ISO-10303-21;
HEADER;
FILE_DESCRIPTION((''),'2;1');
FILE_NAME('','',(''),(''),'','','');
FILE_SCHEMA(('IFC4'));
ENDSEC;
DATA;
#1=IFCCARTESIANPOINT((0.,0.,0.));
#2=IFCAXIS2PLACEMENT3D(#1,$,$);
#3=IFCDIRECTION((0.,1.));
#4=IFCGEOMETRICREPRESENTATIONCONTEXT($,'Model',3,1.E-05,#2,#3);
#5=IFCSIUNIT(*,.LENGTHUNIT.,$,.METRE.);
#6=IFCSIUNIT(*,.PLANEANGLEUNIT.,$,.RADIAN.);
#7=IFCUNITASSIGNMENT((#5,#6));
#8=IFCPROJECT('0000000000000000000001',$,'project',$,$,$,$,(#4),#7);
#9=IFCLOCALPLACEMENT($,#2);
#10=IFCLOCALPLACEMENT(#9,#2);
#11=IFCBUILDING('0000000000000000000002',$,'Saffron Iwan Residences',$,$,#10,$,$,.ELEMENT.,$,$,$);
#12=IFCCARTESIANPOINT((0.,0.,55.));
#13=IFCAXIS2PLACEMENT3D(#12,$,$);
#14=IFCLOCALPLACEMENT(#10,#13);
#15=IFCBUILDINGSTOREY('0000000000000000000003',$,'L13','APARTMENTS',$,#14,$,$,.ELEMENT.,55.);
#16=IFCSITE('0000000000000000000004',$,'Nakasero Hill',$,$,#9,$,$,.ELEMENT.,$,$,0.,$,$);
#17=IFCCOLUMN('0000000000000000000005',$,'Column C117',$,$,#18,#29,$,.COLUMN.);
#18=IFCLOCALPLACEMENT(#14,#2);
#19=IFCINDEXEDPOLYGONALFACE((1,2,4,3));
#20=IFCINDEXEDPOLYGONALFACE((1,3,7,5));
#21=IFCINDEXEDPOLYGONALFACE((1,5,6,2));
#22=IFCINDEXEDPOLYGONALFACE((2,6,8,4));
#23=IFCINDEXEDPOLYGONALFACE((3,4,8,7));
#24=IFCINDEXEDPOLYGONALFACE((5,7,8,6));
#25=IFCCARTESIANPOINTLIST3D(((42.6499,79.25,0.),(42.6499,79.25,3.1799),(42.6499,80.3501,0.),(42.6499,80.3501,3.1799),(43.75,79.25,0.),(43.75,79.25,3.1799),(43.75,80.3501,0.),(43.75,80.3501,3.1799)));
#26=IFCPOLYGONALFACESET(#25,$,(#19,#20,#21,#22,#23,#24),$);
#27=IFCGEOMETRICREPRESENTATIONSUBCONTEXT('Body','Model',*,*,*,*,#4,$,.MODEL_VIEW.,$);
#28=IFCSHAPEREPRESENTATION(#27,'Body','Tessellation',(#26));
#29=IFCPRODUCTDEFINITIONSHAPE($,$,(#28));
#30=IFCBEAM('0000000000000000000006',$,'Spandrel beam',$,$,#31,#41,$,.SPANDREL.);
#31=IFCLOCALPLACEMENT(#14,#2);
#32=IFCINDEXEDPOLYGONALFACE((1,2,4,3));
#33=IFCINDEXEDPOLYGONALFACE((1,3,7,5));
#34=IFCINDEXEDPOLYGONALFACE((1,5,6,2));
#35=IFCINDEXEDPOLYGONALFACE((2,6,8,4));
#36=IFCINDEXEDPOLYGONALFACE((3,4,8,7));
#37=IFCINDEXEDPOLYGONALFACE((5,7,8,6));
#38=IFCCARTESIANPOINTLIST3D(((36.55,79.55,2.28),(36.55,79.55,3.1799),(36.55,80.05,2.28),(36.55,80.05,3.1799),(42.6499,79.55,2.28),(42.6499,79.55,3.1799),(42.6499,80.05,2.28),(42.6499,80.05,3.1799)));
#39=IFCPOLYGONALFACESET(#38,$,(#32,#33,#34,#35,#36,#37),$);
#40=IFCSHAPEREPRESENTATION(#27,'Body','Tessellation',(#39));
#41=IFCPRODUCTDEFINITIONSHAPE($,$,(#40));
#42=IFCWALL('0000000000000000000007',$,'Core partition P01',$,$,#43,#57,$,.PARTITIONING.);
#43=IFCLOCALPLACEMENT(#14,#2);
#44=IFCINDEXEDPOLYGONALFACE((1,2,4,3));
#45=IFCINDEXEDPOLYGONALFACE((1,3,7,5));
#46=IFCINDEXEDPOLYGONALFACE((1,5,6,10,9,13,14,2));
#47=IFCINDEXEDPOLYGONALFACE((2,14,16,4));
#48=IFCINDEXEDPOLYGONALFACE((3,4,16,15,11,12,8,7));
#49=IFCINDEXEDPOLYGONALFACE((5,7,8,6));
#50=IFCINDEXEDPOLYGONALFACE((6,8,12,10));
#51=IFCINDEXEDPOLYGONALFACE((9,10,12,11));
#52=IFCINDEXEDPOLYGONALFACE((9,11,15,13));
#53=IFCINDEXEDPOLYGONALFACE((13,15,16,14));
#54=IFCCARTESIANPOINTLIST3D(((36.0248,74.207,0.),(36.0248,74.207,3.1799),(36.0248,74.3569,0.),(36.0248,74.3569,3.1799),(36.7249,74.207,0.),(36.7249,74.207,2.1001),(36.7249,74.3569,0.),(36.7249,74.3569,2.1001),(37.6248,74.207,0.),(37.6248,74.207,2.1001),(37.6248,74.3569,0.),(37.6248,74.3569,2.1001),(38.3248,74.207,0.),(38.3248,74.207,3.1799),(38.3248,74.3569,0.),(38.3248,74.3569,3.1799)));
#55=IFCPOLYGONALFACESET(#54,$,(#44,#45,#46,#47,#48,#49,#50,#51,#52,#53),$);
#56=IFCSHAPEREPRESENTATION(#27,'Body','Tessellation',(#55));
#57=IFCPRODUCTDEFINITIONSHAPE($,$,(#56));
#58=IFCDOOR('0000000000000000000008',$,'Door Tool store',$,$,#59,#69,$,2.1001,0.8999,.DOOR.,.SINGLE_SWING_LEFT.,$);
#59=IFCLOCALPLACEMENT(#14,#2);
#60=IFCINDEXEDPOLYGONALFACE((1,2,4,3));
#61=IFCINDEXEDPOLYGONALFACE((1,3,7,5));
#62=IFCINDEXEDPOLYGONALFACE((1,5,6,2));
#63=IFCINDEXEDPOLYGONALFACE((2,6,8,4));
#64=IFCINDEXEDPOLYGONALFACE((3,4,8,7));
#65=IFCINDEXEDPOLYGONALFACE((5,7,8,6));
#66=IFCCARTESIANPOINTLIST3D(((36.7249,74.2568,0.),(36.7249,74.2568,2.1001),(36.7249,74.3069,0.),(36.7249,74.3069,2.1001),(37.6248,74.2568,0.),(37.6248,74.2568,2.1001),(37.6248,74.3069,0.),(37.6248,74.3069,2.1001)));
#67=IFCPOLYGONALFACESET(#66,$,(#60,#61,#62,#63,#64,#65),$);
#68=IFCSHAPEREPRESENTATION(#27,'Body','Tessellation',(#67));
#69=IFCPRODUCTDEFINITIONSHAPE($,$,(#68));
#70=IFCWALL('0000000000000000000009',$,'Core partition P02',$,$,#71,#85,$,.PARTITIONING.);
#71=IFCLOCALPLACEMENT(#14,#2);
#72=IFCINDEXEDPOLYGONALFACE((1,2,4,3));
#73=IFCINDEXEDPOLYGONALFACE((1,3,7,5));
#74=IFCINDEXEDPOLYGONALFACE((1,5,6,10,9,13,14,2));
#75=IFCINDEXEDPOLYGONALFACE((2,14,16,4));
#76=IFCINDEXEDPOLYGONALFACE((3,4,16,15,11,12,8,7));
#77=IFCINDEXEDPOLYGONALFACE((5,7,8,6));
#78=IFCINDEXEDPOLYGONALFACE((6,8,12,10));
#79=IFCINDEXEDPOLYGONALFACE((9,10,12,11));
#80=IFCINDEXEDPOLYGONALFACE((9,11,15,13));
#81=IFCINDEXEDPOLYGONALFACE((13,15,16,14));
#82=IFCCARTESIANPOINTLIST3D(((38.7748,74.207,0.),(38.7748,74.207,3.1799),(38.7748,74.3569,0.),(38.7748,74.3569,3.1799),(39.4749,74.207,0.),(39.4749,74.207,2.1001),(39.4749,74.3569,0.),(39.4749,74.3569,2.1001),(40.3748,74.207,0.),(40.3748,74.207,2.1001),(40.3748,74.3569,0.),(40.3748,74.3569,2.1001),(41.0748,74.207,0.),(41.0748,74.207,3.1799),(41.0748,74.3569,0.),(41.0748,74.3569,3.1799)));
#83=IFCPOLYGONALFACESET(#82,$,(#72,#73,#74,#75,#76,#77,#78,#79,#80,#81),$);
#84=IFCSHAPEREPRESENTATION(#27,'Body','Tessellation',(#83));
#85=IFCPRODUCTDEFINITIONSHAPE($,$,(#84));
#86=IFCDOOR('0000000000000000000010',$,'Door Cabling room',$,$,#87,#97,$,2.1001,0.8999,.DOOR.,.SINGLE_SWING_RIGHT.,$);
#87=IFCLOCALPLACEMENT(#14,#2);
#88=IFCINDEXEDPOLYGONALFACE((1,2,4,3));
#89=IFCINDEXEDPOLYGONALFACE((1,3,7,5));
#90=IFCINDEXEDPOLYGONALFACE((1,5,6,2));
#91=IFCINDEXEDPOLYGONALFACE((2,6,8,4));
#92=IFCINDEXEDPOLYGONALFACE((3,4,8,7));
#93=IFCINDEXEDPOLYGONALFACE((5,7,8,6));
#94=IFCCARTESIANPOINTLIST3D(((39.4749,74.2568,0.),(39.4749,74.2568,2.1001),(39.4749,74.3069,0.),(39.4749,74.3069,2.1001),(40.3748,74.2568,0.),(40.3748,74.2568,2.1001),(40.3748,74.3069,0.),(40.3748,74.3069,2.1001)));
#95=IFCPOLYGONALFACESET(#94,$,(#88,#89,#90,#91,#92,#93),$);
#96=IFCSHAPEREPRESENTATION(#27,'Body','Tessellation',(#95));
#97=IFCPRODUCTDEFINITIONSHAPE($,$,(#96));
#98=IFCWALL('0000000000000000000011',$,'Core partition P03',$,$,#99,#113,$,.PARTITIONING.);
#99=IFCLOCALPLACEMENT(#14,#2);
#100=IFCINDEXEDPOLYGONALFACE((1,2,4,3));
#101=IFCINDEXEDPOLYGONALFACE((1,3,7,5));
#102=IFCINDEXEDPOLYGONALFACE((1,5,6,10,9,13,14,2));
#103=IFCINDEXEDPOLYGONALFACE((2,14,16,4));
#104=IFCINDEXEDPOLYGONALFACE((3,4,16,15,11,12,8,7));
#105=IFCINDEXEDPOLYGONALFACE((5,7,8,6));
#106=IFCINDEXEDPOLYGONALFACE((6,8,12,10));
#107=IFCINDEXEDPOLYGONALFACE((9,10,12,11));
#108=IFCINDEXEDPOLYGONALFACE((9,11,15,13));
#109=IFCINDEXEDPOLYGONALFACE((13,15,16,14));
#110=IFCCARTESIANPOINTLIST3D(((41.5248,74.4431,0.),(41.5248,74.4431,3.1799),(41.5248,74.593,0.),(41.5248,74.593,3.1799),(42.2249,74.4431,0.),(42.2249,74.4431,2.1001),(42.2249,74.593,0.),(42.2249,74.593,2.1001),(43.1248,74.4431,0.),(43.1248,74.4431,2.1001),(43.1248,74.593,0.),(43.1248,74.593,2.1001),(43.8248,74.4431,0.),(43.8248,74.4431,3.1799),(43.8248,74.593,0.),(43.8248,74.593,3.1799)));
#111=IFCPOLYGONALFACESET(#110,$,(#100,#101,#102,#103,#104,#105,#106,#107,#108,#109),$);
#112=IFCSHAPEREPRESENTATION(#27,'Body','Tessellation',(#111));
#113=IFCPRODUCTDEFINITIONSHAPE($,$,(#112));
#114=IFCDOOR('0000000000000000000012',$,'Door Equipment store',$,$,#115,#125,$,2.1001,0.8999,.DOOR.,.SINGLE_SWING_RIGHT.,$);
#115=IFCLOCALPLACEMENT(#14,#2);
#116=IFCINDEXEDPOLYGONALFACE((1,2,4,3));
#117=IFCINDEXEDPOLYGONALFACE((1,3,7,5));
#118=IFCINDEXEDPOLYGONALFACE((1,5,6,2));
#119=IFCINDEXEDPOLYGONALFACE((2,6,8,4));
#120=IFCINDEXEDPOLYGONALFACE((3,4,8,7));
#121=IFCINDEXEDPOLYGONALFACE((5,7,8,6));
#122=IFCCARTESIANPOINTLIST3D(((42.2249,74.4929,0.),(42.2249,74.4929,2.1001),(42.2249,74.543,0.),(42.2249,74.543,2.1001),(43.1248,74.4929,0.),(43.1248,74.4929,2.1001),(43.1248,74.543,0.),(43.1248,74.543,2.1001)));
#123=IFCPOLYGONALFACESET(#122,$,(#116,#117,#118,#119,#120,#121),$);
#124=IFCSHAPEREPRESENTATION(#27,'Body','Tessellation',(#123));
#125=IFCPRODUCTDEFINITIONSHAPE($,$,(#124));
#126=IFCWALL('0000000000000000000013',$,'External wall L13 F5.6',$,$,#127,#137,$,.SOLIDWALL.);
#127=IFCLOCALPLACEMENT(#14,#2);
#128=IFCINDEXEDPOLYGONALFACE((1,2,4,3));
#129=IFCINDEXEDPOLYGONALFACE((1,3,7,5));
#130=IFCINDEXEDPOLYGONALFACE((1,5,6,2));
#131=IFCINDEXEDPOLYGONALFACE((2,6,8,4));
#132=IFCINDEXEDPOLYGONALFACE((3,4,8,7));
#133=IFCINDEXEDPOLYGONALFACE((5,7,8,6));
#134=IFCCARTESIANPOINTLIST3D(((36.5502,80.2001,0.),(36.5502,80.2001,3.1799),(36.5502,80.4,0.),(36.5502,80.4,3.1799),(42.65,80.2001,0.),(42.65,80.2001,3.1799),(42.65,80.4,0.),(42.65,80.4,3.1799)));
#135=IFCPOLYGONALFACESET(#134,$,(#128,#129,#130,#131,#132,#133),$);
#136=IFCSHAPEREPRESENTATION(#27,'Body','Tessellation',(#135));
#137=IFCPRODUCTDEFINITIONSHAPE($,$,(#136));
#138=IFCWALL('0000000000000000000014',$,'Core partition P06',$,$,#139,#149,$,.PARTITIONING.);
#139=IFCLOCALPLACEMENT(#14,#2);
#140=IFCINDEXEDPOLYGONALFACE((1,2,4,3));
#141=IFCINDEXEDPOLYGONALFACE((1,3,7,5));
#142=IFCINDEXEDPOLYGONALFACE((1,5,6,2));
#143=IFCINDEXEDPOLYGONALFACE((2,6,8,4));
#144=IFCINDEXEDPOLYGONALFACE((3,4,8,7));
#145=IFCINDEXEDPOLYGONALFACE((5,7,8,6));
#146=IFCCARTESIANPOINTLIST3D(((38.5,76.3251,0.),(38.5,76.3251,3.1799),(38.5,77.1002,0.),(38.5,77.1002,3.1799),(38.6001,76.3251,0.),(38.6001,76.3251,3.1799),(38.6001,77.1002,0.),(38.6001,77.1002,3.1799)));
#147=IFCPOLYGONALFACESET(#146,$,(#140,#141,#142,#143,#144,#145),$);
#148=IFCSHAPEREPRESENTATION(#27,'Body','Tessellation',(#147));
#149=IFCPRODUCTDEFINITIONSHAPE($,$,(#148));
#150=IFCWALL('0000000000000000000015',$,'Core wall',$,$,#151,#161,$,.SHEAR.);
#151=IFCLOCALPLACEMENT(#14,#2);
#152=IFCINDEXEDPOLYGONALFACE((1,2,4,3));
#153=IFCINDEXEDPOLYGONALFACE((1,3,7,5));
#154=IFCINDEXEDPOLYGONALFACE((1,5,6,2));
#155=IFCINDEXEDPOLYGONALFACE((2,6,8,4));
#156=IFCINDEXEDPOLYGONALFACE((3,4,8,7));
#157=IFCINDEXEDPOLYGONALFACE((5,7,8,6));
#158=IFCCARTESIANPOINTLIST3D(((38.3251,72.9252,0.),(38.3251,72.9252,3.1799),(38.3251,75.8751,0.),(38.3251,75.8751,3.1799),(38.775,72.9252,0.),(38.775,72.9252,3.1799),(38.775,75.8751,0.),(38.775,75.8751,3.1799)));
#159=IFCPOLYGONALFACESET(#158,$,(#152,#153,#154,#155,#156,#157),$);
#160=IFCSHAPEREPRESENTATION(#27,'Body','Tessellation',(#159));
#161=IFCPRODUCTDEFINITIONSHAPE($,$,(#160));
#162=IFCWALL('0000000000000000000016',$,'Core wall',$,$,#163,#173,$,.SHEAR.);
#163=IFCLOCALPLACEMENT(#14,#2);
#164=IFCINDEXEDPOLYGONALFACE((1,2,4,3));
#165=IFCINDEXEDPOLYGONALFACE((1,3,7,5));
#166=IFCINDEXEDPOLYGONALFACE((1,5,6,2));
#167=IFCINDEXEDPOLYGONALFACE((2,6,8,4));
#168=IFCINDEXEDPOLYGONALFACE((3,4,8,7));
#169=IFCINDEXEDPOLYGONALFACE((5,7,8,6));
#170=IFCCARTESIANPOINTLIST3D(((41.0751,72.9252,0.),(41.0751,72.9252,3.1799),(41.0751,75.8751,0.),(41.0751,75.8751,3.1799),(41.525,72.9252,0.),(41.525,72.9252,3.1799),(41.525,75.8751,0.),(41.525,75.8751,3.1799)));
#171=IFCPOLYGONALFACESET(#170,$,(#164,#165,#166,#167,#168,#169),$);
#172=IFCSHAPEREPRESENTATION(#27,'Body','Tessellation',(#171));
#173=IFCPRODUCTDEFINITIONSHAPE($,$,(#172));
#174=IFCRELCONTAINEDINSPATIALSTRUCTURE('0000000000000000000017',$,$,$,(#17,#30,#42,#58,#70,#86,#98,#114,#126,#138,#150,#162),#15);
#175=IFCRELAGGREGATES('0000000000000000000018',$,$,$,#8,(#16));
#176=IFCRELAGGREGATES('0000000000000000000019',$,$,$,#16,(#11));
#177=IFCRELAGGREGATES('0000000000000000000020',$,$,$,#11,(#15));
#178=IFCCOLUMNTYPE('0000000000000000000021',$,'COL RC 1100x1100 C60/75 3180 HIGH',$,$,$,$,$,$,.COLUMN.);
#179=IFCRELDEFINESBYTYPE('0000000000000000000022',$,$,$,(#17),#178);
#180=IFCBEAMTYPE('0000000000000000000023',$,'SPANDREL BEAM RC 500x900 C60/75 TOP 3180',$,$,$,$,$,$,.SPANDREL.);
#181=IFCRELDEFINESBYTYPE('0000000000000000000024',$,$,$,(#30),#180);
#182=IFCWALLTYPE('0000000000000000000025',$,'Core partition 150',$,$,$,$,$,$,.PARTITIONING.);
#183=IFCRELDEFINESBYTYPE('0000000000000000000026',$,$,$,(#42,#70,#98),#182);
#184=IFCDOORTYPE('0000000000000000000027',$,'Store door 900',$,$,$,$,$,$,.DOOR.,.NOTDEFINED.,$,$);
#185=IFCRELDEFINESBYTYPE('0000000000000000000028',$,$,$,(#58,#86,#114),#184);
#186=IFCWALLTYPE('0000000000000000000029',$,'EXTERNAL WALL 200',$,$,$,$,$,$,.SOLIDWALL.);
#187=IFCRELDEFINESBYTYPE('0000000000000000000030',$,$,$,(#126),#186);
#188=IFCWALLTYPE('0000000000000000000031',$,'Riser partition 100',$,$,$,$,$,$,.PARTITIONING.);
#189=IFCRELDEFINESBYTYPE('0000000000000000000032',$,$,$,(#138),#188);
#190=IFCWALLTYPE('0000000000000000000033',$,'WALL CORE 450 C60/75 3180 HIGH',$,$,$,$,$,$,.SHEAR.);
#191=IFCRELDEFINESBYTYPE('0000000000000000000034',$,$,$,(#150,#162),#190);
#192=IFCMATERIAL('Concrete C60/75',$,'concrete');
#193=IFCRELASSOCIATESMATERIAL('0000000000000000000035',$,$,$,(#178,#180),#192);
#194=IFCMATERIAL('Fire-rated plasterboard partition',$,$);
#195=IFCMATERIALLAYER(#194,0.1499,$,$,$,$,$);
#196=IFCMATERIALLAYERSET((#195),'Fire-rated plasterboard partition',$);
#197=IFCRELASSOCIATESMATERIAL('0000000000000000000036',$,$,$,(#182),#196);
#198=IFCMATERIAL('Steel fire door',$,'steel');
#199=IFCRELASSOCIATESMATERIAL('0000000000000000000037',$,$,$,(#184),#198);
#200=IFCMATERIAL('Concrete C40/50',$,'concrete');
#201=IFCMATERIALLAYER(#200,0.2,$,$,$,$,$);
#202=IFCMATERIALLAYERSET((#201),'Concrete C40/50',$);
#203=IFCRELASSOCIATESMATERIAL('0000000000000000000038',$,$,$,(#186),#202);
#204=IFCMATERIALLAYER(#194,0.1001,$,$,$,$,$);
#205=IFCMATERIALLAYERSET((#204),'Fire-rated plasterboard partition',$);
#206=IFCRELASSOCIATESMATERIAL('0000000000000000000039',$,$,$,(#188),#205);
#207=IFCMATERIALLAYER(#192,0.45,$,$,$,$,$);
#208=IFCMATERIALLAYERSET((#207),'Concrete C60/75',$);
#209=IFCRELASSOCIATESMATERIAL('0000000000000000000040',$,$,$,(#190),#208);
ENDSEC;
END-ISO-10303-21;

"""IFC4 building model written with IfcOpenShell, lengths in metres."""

from ifc_helpers import new_model, si_unit, direction, frame, frame_2d, origin, origin_2d, place, context, subcontext, project, spatial, rectangle, extrude, source, transform, mapped, material, layer, layer_set, material_profile, profile_set, type_object, element, fill, save


model = new_model("IFC4")

# Units and contexts
model_context = context("Model", 3, precision=1e-05, world=origin(), true_north=direction((0.0, 1.0)))
body_context = subcontext(model_context, "Body", "Model", "MODEL_VIEW")
ifc_project = project(units=[si_unit("LENGTHUNIT", "METRE"), si_unit("PLANEANGLEUNIT", "RADIAN")], contexts=[model_context])

# Site, building, storey
site_placement = place(None, origin())
site = spatial("IfcSite", under=ifc_project, at=site_placement, Name="Nakasero Hill", CompositionType="ELEMENT", RefElevation=0.0)
building_placement = place(site_placement, origin())
building = spatial("IfcBuilding", under=site, at=building_placement, Name="Saffron Iwan Residences", CompositionType="ELEMENT")
storey_placement = place(building_placement, frame((0.0, 0.0, 55.0)))
storey = spatial("IfcBuildingStorey", under=building, at=storey_placement, Name="L13", Description="APARTMENTS", CompositionType="ELEMENT", Elevation=55.0)

# Column
ifc_material_1 = material(Name="Concrete C60/75", Category="concrete")
ifc_material_profile_1 = material_profile(ifc_material_1, rectangle(XDim=1.1001, YDim=1.1001, at=origin_2d()), Name="RC 1100x1100")
ifc_profile_set_1 = profile_set([ifc_material_profile_1], Name="Concrete C60/75")
column_type = type_object("IfcColumnType", Name="COL RC 1100x1100 C60/75 3180 HIGH", PredefinedType="COLUMN", material=ifc_profile_set_1)
shared_shape_1 = source(origin(), body_context, "Body", "SweptSolid", [
    extrude(rectangle(XDim=1.1001, YDim=1.1001, at=origin_2d()), origin(), (0.0, 0.0, 1.0), 3.1799),
])
column_placement = place(storey_placement, frame((43.2, 79.8, 0.0), z_axis=(0.0, 0.0, 1.0), x_axis=(1.0, 0.0, 0.0)))
element("IfcColumn", 1, at=column_placement, inside=storey, type_object=column_type, Name="Column C117", PredefinedType="COLUMN", context=body_context, shape_type="MappedRepresentation", body=[
    mapped(shared_shape_1, transform((0.0, 0.0, 0.0))),
])

# Beam
ifc_material_profile_2 = material_profile(ifc_material_1, rectangle(XDim=0.5, YDim=0.8999, at=origin_2d()), Name="RC 500x900")
ifc_profile_set_2 = profile_set([ifc_material_profile_2], Name="Concrete C60/75")
beam_type = type_object("IfcBeamType", Name="SPANDREL BEAM RC 500x900 C60/75 TOP 3180", PredefinedType="SPANDREL", material=ifc_profile_set_2)
shared_shape_2 = source(origin(), body_context, "Body", "SweptSolid", [
    extrude(rectangle(XDim=0.5, YDim=0.8999, at=origin_2d()), origin(), (0.0, 0.0, 1.0), 6.0999),
])
beam_placement = place(storey_placement, frame((36.55, 79.8, 2.73), z_axis=(1.0, 0.0, 0.0), x_axis=(0.0, 1.0, 0.0)))
element("IfcBeam", 2, at=beam_placement, inside=storey, type_object=beam_type, Name="Spandrel beam", PredefinedType="SPANDREL", context=body_context, shape_type="MappedRepresentation", body=[
    mapped(shared_shape_2, transform((0.0, 0.0, 0.0))),
])

# Walls, openings, doors
ifc_material_2 = material(Name="Fire-rated plasterboard partition")
ifc_layer_1 = layer(ifc_material_2, 0.1499)
ifc_layer_set_1 = layer_set([ifc_layer_1], Name="Fire-rated plasterboard partition")
wall_type_1 = type_object("IfcWallType", Name="Core partition 150", PredefinedType="PARTITIONING", material=ifc_layer_set_1)
wall_1_placement = place(storey_placement, frame((36.0249, 74.282, 0.0), z_axis=(0.0, 0.0, 1.0), x_axis=(1.0, 0.0, 0.0)))
wall_1 = element("IfcWall", 3, at=wall_1_placement, inside=storey, type_object=wall_type_1, Name="Core partition P01", PredefinedType="PARTITIONING", context=body_context, shape_type="SweptSolid", body=[
    extrude(rectangle(XDim=2.3, YDim=0.1499, at=frame_2d((1.1499, 0.0))), origin(), (0.0, 0.0, 1.0), 3.1799),
])
opening_1_placement = place(wall_1_placement, frame((0.7, 0.0, 0.0)))
opening_1 = element("IfcOpeningElement", 4, at=opening_1_placement, cuts=wall_1, PredefinedType="OPENING", context=body_context, shape_type="SweptSolid", body=[
    extrude(rectangle(XDim=0.8999, YDim=2.1001, at=frame_2d((0.45, 1.05))), frame((0.0, 0.085, 0.0), z_axis=(0.0, -1.0, 0.0), x_axis=(1.0, 0.0, 0.0)), (0.0, 0.0, 1.0), 0.1699),
])
ifc_material_3 = material(Name="Steel fire door", Category="steel")
door_type = type_object("IfcDoorType", Name="Store door 900", OperationType="NOTDEFINED", PredefinedType="DOOR", material=ifc_material_3)
door_1_placement = place(opening_1_placement, origin())
door_1 = element("IfcDoor", 5, at=door_1_placement, inside=storey, type_object=door_type, Name="Door Tool store", OperationType="SINGLE_SWING_LEFT", OverallHeight=2.1001, OverallWidth=0.8999, PredefinedType="DOOR", context=body_context, shape_type="SweptSolid", body=[
    extrude(rectangle(XDim=0.8999, YDim=2.1001, at=frame_2d((0.45, 1.05))), frame((0.0, 0.0249, 0.0), z_axis=(0.0, -1.0, 0.0), x_axis=(1.0, 0.0, 0.0)), (0.0, 0.0, 1.0), 0.05),
])
fill(opening_1, door_1)
wall_2_placement = place(storey_placement, frame((38.7749, 74.282, 0.0), z_axis=(0.0, 0.0, 1.0), x_axis=(1.0, 0.0, 0.0)))
wall_2 = element("IfcWall", 6, at=wall_2_placement, inside=storey, type_object=wall_type_1, Name="Core partition P02", PredefinedType="PARTITIONING", context=body_context, shape_type="SweptSolid", body=[
    extrude(rectangle(XDim=2.3, YDim=0.1499, at=frame_2d((1.1499, 0.0))), origin(), (0.0, 0.0, 1.0), 3.1799),
])
opening_2_placement = place(wall_2_placement, frame((0.7, 0.0, 0.0)))
opening_2 = element("IfcOpeningElement", 7, at=opening_2_placement, cuts=wall_2, PredefinedType="OPENING", context=body_context, shape_type="SweptSolid", body=[
    extrude(rectangle(XDim=0.8999, YDim=2.1001, at=frame_2d((0.45, 1.05))), frame((0.0, 0.085, 0.0), z_axis=(0.0, -1.0, 0.0), x_axis=(1.0, 0.0, 0.0)), (0.0, 0.0, 1.0), 0.1699),
])
door_2_placement = place(opening_2_placement, origin())
door_2 = element("IfcDoor", 8, at=door_2_placement, inside=storey, type_object=door_type, Name="Door Cabling room", OperationType="SINGLE_SWING_RIGHT", OverallHeight=2.1001, OverallWidth=0.8999, PredefinedType="DOOR", context=body_context, shape_type="SweptSolid", body=[
    extrude(rectangle(XDim=0.8999, YDim=2.1001, at=frame_2d((0.45, 1.05))), frame((0.0, 0.0249, 0.0), z_axis=(0.0, -1.0, 0.0), x_axis=(1.0, 0.0, 0.0)), (0.0, 0.0, 1.0), 0.05),
])
fill(opening_2, door_2)
wall_3_placement = place(storey_placement, frame((41.5249, 74.5181, 0.0), z_axis=(0.0, 0.0, 1.0), x_axis=(1.0, 0.0, 0.0)))
wall_3 = element("IfcWall", 9, at=wall_3_placement, inside=storey, type_object=wall_type_1, Name="Core partition P03", PredefinedType="PARTITIONING", context=body_context, shape_type="SweptSolid", body=[
    extrude(rectangle(XDim=2.3, YDim=0.1499, at=frame_2d((1.1499, 0.0))), origin(), (0.0, 0.0, 1.0), 3.1799),
])
opening_3_placement = place(wall_3_placement, frame((0.7, 0.0, 0.0)))
opening_3 = element("IfcOpeningElement", 10, at=opening_3_placement, cuts=wall_3, PredefinedType="OPENING", context=body_context, shape_type="SweptSolid", body=[
    extrude(rectangle(XDim=0.8999, YDim=2.1001, at=frame_2d((0.45, 1.05))), frame((0.0, 0.085, 0.0), z_axis=(0.0, -1.0, 0.0), x_axis=(1.0, 0.0, 0.0)), (0.0, 0.0, 1.0), 0.1699),
])
door_3_placement = place(opening_3_placement, origin())
door_3 = element("IfcDoor", 11, at=door_3_placement, inside=storey, type_object=door_type, Name="Door Equipment store", OperationType="SINGLE_SWING_RIGHT", OverallHeight=2.1001, OverallWidth=0.8999, PredefinedType="DOOR", context=body_context, shape_type="SweptSolid", body=[
    extrude(rectangle(XDim=0.8999, YDim=2.1001, at=frame_2d((0.45, 1.05))), frame((0.0, 0.0249, 0.0), z_axis=(0.0, -1.0, 0.0), x_axis=(1.0, 0.0, 0.0)), (0.0, 0.0, 1.0), 0.05),
])
fill(opening_3, door_3)

# Walls
ifc_material_4 = material(Name="Concrete C40/50", Category="concrete")
ifc_layer_2 = layer(ifc_material_4, 0.2)
ifc_layer_set_2 = layer_set([ifc_layer_2], Name="Concrete C40/50")
wall_type_2 = type_object("IfcWallType", Name="EXTERNAL WALL 200", PredefinedType="SOLIDWALL", material=ifc_layer_set_2)
wall_4_placement = place(storey_placement, frame((42.6499, 80.3, 0.0), z_axis=(0.0, 0.0, 1.0), x_axis=(-1.0, 0.0, 0.0)))
element("IfcWall", 12, at=wall_4_placement, inside=storey, type_object=wall_type_2, Name="External wall L13 F5.6", PredefinedType="SOLIDWALL", context=body_context, shape_type="SweptSolid", body=[
    extrude(rectangle(XDim=6.0999, YDim=0.2, at=frame_2d((3.0498, 0.0))), origin(), (0.0, 0.0, 1.0), 3.1799),
])
ifc_layer_3 = layer(ifc_material_2, 0.1001)
ifc_layer_set_3 = layer_set([ifc_layer_3], Name="Fire-rated plasterboard partition")
wall_type_3 = type_object("IfcWallType", Name="Riser partition 100", PredefinedType="PARTITIONING", material=ifc_layer_set_3)
wall_5_placement = place(storey_placement, frame((38.55, 76.325, 0.0), z_axis=(0.0, 0.0, 1.0), x_axis=(0.0, 1.0, 0.0)))
element("IfcWall", 13, at=wall_5_placement, inside=storey, type_object=wall_type_3, Name="Core partition P06", PredefinedType="PARTITIONING", context=body_context, shape_type="SweptSolid", body=[
    extrude(rectangle(XDim=0.7751, YDim=0.1001, at=frame_2d((0.3877, 0.0))), origin(), (0.0, 0.0, 1.0), 3.1799),
])
ifc_layer_4 = layer(ifc_material_1, 0.45)
ifc_layer_set_4 = layer_set([ifc_layer_4], Name="Concrete C60/75")
wall_type_4 = type_object("IfcWallType", Name="WALL CORE 450 C60/75 3180 HIGH", PredefinedType="SHEAR", material=ifc_layer_set_4)
for number, where, z_axis, x_axis, name in (
    (14, (38.55, 72.925, 0.0), (0.0, 0.0, 1.0), (0.0, 1.0, 0.0), "Core wall"),
    (15, (41.3, 72.925, 0.0), (0.0, 0.0, 1.0), (0.0, 1.0, 0.0), "Core wall"),
):
    element("IfcWall", number, at=place(storey_placement, frame(where, z_axis=z_axis, x_axis=x_axis)), inside=storey, type_object=wall_type_4, Name=name, PredefinedType="SHEAR", context=body_context, shape_type="SweptSolid", body=[
        extrude(rectangle(XDim=2.95, YDim=0.45, at=frame_2d((1.4751, 0.0))), origin(), (0.0, 0.0, 1.0), 3.1799),
    ])

save(model, "model.ifc")
